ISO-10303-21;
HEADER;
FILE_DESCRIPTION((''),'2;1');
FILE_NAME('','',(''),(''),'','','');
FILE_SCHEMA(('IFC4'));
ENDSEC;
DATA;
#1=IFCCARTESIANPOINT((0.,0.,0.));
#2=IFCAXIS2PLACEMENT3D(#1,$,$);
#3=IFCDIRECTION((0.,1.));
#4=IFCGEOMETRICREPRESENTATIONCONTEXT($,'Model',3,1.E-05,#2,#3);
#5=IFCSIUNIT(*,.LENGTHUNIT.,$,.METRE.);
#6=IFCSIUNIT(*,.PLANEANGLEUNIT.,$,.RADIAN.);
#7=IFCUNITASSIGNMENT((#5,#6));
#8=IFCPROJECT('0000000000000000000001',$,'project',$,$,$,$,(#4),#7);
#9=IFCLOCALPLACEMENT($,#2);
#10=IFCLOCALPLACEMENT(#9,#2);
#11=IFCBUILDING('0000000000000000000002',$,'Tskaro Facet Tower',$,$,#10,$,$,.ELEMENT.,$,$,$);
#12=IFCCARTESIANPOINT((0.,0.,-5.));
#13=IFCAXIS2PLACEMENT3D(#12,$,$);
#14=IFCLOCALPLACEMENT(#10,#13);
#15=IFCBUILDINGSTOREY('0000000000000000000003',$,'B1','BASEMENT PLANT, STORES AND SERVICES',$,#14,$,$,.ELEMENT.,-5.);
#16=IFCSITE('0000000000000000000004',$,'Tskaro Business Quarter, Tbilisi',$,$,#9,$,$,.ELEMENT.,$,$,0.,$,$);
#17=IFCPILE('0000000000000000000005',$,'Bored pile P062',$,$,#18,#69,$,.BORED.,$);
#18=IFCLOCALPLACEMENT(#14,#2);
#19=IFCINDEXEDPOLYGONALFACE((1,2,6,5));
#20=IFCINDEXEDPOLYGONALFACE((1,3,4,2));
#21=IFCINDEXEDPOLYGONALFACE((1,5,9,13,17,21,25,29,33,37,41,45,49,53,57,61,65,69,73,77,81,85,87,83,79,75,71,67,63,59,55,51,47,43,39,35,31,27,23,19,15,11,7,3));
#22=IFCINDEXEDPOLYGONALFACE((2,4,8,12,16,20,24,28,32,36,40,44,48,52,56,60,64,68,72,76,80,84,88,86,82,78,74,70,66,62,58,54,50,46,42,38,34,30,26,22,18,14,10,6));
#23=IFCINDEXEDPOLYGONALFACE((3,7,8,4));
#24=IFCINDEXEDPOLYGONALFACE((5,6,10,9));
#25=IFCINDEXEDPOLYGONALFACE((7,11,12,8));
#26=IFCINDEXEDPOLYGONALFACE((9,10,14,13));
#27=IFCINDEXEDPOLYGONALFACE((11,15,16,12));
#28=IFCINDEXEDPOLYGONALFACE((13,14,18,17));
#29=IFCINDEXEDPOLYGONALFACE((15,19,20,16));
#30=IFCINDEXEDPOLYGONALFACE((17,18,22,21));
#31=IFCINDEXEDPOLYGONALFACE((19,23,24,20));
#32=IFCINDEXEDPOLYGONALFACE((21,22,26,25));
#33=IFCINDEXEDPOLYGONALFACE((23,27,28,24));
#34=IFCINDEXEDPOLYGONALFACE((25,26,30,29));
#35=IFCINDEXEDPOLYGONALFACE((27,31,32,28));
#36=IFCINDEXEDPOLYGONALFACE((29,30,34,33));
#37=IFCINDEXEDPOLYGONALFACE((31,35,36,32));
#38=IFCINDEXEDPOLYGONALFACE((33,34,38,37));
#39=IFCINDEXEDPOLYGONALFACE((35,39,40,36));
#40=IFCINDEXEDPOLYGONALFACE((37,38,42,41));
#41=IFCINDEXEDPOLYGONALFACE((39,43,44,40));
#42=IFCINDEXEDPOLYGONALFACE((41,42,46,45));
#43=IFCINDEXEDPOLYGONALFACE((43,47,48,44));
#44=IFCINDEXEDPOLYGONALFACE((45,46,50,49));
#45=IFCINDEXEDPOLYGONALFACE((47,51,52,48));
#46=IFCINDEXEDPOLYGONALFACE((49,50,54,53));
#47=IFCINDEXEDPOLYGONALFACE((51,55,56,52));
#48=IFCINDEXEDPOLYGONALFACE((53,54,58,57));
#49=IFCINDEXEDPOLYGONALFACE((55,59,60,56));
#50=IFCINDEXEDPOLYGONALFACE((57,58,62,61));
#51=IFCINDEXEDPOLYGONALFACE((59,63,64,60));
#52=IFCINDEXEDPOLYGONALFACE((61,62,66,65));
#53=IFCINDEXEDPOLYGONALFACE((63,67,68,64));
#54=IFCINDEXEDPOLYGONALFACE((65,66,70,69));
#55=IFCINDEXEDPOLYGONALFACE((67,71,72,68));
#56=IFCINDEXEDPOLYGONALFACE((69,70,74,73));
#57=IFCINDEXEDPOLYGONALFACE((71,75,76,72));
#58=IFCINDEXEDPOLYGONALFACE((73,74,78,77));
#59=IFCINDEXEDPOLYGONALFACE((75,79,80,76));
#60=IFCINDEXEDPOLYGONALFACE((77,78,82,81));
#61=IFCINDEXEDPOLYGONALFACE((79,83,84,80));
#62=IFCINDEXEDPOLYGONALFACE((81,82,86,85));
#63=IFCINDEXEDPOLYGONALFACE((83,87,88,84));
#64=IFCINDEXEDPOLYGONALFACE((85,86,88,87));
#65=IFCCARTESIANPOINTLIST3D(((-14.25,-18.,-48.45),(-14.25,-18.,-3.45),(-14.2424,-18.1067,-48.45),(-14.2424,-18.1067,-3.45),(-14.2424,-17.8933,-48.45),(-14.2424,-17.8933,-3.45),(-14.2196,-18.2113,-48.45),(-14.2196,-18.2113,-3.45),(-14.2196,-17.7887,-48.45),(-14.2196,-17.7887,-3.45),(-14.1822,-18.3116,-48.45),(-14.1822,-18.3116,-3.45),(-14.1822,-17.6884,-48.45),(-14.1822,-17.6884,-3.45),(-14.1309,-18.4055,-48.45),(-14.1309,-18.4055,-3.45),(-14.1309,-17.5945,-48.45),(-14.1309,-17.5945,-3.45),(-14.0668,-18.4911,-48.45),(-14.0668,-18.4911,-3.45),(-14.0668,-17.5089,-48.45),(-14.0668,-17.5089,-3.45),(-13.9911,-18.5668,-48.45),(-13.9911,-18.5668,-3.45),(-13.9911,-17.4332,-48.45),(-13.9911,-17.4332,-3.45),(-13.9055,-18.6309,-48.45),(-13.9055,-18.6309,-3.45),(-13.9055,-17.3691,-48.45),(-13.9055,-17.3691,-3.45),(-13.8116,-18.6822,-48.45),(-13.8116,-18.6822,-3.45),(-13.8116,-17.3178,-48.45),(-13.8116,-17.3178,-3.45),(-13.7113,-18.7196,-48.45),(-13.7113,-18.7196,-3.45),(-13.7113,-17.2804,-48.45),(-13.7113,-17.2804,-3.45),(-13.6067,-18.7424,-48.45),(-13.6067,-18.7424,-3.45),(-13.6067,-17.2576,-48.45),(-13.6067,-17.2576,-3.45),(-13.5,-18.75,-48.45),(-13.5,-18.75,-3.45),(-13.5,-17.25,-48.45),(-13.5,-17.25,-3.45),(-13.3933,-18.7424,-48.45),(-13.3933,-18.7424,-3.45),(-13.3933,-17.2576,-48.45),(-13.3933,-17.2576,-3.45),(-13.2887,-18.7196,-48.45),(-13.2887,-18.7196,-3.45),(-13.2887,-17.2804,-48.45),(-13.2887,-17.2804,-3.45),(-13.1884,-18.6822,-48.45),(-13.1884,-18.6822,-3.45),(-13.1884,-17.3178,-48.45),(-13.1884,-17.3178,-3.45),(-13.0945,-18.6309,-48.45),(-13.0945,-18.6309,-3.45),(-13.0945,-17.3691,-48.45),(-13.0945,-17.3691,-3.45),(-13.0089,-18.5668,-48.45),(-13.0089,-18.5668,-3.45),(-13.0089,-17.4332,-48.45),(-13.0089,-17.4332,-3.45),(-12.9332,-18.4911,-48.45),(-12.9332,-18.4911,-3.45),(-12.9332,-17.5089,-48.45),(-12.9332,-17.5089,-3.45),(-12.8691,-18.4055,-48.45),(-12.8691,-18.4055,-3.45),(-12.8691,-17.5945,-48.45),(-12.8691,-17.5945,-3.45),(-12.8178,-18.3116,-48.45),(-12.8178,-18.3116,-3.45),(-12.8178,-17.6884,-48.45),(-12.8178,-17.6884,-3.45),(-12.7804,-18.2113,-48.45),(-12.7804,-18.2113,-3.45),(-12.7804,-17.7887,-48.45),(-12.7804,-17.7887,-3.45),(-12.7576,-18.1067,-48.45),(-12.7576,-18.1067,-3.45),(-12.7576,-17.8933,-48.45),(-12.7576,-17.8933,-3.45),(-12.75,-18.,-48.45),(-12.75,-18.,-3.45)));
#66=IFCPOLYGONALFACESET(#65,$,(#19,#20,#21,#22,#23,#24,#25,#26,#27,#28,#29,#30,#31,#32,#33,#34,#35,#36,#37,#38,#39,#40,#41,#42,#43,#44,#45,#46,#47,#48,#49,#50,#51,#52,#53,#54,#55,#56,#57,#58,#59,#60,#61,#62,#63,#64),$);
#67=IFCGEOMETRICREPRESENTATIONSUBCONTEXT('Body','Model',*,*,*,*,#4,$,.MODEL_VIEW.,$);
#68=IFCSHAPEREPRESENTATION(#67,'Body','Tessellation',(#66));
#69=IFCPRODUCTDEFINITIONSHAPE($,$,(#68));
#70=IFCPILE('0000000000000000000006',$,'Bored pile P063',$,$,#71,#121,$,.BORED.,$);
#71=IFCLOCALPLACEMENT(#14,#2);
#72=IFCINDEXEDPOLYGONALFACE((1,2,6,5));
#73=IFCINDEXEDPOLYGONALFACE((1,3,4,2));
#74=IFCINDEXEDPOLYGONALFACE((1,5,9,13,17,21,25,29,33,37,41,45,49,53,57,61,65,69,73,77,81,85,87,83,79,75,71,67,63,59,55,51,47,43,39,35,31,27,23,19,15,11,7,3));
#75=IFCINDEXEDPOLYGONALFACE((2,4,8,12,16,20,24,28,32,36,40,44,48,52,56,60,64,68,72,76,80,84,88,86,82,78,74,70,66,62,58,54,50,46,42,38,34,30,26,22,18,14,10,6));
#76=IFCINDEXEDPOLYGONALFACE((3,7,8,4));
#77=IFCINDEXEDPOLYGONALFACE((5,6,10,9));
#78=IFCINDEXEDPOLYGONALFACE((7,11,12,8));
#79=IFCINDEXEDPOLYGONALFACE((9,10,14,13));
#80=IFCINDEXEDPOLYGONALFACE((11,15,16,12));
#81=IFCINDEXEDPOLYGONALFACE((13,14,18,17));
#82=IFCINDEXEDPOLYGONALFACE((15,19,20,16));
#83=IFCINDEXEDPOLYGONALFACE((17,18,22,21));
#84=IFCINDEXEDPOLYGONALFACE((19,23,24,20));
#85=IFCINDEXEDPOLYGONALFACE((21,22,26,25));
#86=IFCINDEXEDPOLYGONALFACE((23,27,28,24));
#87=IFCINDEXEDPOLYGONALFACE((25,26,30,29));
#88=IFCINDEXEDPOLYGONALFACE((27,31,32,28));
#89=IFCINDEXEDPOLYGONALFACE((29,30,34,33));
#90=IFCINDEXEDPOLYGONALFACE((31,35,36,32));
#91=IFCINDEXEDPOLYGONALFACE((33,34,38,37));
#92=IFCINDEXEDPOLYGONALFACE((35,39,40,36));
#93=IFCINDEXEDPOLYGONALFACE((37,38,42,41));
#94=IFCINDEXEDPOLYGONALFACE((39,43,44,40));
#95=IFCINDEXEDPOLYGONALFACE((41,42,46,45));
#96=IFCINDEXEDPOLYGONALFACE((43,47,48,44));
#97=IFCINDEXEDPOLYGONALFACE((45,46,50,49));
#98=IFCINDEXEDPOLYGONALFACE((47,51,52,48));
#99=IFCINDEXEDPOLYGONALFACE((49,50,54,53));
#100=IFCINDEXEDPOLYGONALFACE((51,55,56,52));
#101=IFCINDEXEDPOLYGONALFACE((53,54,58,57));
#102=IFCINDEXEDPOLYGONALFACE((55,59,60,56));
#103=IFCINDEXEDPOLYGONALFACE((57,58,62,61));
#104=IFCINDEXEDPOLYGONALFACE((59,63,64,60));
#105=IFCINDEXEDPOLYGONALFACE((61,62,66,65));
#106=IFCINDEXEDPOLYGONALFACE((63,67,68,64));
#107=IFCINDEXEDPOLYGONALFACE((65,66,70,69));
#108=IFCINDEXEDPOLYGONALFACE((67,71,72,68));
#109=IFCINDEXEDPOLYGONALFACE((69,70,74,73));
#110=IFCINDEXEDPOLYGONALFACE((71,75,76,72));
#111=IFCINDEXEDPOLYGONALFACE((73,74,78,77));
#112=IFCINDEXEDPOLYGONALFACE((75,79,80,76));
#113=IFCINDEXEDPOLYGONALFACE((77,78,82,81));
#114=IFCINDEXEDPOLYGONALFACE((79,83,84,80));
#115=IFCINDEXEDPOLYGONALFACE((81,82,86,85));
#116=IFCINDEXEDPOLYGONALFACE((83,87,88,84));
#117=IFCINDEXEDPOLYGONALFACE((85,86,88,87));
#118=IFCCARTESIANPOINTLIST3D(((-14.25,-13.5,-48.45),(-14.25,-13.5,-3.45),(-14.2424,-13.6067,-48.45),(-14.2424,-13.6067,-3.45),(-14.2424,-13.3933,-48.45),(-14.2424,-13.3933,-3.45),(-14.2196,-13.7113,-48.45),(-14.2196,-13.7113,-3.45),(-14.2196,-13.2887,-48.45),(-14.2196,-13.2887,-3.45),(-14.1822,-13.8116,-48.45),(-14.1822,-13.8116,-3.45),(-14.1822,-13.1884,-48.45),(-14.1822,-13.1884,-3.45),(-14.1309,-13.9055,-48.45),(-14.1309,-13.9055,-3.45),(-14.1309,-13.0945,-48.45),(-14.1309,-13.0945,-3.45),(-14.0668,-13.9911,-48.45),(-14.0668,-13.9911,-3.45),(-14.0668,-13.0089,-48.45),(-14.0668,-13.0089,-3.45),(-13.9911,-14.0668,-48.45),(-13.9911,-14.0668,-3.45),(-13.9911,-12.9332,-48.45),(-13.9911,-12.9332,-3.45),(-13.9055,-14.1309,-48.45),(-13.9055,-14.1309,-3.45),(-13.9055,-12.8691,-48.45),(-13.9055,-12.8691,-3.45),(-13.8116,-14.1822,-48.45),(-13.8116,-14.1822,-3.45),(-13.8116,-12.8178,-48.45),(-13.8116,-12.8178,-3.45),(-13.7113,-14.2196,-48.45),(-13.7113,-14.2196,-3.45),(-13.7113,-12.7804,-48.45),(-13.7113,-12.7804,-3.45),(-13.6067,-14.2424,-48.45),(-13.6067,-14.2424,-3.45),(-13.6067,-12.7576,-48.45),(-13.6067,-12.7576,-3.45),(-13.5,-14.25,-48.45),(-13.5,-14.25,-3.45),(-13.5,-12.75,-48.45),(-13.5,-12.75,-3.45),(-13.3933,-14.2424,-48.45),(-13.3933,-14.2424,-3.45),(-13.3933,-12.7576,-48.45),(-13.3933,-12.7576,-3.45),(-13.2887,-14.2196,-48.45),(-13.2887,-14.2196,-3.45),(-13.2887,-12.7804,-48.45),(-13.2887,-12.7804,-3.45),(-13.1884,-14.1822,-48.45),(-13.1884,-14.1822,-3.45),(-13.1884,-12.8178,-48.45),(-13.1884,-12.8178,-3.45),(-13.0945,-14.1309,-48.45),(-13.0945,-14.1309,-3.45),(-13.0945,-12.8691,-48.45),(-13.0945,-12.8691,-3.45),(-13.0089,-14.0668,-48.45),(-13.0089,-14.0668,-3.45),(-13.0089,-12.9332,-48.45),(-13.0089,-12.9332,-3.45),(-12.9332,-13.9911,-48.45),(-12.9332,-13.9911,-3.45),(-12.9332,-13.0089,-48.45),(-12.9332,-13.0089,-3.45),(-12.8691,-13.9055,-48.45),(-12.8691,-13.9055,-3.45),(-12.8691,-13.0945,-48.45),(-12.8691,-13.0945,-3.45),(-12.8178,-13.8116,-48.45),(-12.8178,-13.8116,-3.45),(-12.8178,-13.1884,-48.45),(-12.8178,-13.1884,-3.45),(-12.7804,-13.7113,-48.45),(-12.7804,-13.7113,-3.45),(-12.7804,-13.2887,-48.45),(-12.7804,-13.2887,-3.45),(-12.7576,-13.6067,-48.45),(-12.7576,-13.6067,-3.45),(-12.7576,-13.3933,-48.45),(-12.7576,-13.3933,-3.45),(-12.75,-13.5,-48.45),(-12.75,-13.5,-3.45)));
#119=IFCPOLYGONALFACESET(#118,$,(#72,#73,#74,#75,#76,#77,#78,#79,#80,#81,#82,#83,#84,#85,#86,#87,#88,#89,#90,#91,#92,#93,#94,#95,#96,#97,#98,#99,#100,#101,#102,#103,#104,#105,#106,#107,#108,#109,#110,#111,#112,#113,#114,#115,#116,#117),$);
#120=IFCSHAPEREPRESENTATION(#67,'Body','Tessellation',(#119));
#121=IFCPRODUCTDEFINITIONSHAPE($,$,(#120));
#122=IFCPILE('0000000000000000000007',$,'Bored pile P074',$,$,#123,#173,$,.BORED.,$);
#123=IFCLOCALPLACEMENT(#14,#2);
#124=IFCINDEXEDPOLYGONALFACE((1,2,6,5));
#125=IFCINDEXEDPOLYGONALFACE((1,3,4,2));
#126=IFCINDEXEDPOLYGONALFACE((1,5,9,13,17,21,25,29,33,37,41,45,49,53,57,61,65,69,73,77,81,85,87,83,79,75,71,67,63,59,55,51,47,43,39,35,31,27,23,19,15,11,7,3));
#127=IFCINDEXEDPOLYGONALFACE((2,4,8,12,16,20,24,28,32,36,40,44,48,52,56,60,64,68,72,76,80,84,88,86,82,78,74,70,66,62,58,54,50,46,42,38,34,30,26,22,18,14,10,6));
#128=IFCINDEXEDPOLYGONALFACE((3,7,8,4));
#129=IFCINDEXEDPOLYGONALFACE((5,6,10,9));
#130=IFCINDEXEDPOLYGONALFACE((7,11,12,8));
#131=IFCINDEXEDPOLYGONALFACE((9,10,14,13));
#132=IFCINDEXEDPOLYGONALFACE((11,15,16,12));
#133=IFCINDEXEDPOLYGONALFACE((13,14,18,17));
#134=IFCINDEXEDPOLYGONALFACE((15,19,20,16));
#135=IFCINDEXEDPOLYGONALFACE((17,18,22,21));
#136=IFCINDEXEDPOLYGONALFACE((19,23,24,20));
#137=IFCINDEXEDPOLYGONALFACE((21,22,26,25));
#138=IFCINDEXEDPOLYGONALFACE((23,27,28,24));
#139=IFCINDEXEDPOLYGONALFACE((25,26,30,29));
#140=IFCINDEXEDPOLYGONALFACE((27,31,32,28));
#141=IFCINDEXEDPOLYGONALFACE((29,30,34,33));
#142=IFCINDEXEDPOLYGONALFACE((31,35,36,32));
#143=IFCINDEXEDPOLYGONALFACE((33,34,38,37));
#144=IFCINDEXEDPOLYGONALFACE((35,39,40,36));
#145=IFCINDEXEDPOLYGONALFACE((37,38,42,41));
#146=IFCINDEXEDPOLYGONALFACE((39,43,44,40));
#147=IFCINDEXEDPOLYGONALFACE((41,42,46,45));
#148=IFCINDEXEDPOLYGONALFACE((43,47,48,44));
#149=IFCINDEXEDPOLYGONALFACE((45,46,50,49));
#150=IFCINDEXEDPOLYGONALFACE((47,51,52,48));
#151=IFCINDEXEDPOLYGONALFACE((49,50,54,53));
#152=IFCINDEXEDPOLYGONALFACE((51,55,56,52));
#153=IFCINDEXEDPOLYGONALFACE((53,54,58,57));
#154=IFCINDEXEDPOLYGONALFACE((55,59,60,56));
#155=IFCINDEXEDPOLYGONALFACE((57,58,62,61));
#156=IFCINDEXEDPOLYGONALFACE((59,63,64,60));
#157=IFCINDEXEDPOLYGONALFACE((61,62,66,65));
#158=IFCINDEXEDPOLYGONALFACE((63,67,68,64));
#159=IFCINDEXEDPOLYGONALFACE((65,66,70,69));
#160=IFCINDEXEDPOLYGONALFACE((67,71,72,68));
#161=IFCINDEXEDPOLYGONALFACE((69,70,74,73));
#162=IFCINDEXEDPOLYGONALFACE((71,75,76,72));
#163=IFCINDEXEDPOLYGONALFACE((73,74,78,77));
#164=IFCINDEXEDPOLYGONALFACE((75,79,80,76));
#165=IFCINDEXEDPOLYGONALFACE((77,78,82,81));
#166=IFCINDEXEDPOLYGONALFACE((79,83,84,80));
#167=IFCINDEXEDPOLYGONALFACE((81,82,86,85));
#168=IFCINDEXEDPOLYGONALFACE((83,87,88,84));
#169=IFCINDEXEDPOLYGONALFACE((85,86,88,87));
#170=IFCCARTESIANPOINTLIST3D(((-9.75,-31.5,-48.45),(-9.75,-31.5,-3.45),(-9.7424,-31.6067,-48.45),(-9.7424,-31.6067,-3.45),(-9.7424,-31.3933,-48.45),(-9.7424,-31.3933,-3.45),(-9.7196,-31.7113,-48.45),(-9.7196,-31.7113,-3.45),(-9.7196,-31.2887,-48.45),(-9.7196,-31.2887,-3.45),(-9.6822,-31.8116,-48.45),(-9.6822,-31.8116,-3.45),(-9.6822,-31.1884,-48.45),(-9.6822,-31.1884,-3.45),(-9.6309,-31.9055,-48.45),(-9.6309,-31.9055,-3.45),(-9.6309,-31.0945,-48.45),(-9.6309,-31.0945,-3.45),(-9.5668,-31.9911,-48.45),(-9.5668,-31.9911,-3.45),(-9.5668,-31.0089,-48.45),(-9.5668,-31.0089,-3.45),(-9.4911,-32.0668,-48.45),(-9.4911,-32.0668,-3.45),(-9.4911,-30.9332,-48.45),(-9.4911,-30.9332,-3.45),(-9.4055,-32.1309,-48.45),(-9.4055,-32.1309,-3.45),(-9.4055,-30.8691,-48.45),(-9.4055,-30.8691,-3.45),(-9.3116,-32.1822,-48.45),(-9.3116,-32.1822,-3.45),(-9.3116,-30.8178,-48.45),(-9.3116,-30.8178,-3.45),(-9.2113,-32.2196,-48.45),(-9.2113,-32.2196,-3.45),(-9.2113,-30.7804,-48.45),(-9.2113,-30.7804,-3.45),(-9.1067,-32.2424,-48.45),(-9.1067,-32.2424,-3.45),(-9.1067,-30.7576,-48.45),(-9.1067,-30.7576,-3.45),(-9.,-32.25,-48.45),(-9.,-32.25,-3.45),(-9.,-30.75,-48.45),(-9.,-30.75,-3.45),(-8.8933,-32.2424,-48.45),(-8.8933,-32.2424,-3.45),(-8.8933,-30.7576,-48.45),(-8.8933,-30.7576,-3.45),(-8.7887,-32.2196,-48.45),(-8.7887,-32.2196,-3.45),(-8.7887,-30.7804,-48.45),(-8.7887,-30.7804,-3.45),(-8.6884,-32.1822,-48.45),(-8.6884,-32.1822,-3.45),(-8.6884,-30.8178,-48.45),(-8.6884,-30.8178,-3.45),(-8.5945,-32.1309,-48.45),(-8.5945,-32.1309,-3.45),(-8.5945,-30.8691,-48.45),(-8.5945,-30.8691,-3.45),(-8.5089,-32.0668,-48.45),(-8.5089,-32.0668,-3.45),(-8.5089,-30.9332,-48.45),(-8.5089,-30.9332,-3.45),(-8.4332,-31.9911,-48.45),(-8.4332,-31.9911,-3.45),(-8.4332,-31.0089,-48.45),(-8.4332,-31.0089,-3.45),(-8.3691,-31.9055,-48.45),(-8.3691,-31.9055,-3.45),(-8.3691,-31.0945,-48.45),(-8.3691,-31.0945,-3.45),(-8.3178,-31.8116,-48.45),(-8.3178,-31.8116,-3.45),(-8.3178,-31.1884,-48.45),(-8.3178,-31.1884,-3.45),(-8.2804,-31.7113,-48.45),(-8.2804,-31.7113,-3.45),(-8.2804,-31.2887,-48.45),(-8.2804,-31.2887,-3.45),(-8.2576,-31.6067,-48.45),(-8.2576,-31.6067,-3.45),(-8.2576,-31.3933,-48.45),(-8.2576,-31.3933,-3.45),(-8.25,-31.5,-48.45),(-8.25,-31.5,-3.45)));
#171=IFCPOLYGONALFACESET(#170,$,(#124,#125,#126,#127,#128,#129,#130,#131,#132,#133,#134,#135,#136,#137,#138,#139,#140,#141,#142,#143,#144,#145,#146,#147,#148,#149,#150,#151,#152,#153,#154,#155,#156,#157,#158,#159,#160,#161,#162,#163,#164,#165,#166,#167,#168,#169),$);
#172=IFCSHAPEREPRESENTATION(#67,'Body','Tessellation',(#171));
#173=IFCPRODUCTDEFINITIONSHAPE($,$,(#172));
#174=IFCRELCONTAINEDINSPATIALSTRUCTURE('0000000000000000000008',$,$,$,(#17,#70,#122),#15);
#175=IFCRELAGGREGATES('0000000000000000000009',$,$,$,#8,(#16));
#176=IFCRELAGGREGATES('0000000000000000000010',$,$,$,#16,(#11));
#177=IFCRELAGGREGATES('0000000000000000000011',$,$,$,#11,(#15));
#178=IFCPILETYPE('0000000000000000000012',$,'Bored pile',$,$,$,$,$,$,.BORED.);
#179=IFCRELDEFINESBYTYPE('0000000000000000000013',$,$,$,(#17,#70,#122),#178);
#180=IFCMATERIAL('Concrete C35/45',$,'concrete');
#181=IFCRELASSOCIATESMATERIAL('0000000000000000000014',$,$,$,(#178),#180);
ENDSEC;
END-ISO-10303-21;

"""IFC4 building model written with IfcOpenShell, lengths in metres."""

from ifc_helpers import new_model, si_unit, direction, frame, origin, origin_2d, place, context, subcontext, project, spatial, circle, extrude, material, material_profile, profile_set, type_object, element, save


model = new_model("IFC4")

# Units and contexts
model_context = context("Model", 3, precision=1e-05, world=origin(), true_north=direction((0.0, 1.0)))
body_context = subcontext(model_context, "Body", "Model", "MODEL_VIEW")
ifc_project = project(units=[si_unit("LENGTHUNIT", "METRE"), si_unit("PLANEANGLEUNIT", "RADIAN")], contexts=[model_context])

# Site, building, storey
site_placement = place(None, origin())
site = spatial("IfcSite", under=ifc_project, at=site_placement, Name="Tskaro Business Quarter, Tbilisi", CompositionType="ELEMENT", RefElevation=0.0)
building_placement = place(site_placement, origin())
building = spatial("IfcBuilding", under=site, at=building_placement, Name="Tskaro Facet Tower", CompositionType="ELEMENT")
storey_placement = place(building_placement, frame((0.0, 0.0, -5.0)))
storey = spatial("IfcBuildingStorey", under=building, at=storey_placement, Name="B1", Description="BASEMENT PLANT, STORES AND SERVICES", CompositionType="ELEMENT", Elevation=-5.0)

# Piles
ifc_material_1 = material(Name="Concrete C35/45", Category="concrete")
ifc_material_profile_1 = material_profile(ifc_material_1, circle(Radius=0.75, at=origin_2d()), Name="Bored pile")
ifc_profile_set_1 = profile_set([ifc_material_profile_1], Name="Concrete C35/45")
pile_type = type_object("IfcPileType", Name="Bored pile", PredefinedType="BORED", material=ifc_profile_set_1)
for number, where, z_axis, x_axis, name in (
    (1, (-13.5, -18.0, -3.45), (0.0, 0.0, -1.0), (1.0, 0.0, 0.0), "Bored pile P062"),
    (2, (-13.5, -13.5, -3.45), (0.0, 0.0, -1.0), (1.0, 0.0, 0.0), "Bored pile P063"),
    (3, (-9.0, -31.5, -3.45), (0.0, 0.0, -1.0), (1.0, 0.0, 0.0), "Bored pile P074"),
):
    element("IfcPile", number, at=place(storey_placement, frame(where, z_axis=z_axis, x_axis=x_axis)), inside=storey, type_object=pile_type, Name=name, PredefinedType="BORED", context=body_context, shape_type="SweptSolid", body=[
        extrude(circle(Radius=0.75, at=origin_2d()), origin(), (0.0, 0.0, 1.0), 45.0),
    ])

save(model, "model.ifc")
